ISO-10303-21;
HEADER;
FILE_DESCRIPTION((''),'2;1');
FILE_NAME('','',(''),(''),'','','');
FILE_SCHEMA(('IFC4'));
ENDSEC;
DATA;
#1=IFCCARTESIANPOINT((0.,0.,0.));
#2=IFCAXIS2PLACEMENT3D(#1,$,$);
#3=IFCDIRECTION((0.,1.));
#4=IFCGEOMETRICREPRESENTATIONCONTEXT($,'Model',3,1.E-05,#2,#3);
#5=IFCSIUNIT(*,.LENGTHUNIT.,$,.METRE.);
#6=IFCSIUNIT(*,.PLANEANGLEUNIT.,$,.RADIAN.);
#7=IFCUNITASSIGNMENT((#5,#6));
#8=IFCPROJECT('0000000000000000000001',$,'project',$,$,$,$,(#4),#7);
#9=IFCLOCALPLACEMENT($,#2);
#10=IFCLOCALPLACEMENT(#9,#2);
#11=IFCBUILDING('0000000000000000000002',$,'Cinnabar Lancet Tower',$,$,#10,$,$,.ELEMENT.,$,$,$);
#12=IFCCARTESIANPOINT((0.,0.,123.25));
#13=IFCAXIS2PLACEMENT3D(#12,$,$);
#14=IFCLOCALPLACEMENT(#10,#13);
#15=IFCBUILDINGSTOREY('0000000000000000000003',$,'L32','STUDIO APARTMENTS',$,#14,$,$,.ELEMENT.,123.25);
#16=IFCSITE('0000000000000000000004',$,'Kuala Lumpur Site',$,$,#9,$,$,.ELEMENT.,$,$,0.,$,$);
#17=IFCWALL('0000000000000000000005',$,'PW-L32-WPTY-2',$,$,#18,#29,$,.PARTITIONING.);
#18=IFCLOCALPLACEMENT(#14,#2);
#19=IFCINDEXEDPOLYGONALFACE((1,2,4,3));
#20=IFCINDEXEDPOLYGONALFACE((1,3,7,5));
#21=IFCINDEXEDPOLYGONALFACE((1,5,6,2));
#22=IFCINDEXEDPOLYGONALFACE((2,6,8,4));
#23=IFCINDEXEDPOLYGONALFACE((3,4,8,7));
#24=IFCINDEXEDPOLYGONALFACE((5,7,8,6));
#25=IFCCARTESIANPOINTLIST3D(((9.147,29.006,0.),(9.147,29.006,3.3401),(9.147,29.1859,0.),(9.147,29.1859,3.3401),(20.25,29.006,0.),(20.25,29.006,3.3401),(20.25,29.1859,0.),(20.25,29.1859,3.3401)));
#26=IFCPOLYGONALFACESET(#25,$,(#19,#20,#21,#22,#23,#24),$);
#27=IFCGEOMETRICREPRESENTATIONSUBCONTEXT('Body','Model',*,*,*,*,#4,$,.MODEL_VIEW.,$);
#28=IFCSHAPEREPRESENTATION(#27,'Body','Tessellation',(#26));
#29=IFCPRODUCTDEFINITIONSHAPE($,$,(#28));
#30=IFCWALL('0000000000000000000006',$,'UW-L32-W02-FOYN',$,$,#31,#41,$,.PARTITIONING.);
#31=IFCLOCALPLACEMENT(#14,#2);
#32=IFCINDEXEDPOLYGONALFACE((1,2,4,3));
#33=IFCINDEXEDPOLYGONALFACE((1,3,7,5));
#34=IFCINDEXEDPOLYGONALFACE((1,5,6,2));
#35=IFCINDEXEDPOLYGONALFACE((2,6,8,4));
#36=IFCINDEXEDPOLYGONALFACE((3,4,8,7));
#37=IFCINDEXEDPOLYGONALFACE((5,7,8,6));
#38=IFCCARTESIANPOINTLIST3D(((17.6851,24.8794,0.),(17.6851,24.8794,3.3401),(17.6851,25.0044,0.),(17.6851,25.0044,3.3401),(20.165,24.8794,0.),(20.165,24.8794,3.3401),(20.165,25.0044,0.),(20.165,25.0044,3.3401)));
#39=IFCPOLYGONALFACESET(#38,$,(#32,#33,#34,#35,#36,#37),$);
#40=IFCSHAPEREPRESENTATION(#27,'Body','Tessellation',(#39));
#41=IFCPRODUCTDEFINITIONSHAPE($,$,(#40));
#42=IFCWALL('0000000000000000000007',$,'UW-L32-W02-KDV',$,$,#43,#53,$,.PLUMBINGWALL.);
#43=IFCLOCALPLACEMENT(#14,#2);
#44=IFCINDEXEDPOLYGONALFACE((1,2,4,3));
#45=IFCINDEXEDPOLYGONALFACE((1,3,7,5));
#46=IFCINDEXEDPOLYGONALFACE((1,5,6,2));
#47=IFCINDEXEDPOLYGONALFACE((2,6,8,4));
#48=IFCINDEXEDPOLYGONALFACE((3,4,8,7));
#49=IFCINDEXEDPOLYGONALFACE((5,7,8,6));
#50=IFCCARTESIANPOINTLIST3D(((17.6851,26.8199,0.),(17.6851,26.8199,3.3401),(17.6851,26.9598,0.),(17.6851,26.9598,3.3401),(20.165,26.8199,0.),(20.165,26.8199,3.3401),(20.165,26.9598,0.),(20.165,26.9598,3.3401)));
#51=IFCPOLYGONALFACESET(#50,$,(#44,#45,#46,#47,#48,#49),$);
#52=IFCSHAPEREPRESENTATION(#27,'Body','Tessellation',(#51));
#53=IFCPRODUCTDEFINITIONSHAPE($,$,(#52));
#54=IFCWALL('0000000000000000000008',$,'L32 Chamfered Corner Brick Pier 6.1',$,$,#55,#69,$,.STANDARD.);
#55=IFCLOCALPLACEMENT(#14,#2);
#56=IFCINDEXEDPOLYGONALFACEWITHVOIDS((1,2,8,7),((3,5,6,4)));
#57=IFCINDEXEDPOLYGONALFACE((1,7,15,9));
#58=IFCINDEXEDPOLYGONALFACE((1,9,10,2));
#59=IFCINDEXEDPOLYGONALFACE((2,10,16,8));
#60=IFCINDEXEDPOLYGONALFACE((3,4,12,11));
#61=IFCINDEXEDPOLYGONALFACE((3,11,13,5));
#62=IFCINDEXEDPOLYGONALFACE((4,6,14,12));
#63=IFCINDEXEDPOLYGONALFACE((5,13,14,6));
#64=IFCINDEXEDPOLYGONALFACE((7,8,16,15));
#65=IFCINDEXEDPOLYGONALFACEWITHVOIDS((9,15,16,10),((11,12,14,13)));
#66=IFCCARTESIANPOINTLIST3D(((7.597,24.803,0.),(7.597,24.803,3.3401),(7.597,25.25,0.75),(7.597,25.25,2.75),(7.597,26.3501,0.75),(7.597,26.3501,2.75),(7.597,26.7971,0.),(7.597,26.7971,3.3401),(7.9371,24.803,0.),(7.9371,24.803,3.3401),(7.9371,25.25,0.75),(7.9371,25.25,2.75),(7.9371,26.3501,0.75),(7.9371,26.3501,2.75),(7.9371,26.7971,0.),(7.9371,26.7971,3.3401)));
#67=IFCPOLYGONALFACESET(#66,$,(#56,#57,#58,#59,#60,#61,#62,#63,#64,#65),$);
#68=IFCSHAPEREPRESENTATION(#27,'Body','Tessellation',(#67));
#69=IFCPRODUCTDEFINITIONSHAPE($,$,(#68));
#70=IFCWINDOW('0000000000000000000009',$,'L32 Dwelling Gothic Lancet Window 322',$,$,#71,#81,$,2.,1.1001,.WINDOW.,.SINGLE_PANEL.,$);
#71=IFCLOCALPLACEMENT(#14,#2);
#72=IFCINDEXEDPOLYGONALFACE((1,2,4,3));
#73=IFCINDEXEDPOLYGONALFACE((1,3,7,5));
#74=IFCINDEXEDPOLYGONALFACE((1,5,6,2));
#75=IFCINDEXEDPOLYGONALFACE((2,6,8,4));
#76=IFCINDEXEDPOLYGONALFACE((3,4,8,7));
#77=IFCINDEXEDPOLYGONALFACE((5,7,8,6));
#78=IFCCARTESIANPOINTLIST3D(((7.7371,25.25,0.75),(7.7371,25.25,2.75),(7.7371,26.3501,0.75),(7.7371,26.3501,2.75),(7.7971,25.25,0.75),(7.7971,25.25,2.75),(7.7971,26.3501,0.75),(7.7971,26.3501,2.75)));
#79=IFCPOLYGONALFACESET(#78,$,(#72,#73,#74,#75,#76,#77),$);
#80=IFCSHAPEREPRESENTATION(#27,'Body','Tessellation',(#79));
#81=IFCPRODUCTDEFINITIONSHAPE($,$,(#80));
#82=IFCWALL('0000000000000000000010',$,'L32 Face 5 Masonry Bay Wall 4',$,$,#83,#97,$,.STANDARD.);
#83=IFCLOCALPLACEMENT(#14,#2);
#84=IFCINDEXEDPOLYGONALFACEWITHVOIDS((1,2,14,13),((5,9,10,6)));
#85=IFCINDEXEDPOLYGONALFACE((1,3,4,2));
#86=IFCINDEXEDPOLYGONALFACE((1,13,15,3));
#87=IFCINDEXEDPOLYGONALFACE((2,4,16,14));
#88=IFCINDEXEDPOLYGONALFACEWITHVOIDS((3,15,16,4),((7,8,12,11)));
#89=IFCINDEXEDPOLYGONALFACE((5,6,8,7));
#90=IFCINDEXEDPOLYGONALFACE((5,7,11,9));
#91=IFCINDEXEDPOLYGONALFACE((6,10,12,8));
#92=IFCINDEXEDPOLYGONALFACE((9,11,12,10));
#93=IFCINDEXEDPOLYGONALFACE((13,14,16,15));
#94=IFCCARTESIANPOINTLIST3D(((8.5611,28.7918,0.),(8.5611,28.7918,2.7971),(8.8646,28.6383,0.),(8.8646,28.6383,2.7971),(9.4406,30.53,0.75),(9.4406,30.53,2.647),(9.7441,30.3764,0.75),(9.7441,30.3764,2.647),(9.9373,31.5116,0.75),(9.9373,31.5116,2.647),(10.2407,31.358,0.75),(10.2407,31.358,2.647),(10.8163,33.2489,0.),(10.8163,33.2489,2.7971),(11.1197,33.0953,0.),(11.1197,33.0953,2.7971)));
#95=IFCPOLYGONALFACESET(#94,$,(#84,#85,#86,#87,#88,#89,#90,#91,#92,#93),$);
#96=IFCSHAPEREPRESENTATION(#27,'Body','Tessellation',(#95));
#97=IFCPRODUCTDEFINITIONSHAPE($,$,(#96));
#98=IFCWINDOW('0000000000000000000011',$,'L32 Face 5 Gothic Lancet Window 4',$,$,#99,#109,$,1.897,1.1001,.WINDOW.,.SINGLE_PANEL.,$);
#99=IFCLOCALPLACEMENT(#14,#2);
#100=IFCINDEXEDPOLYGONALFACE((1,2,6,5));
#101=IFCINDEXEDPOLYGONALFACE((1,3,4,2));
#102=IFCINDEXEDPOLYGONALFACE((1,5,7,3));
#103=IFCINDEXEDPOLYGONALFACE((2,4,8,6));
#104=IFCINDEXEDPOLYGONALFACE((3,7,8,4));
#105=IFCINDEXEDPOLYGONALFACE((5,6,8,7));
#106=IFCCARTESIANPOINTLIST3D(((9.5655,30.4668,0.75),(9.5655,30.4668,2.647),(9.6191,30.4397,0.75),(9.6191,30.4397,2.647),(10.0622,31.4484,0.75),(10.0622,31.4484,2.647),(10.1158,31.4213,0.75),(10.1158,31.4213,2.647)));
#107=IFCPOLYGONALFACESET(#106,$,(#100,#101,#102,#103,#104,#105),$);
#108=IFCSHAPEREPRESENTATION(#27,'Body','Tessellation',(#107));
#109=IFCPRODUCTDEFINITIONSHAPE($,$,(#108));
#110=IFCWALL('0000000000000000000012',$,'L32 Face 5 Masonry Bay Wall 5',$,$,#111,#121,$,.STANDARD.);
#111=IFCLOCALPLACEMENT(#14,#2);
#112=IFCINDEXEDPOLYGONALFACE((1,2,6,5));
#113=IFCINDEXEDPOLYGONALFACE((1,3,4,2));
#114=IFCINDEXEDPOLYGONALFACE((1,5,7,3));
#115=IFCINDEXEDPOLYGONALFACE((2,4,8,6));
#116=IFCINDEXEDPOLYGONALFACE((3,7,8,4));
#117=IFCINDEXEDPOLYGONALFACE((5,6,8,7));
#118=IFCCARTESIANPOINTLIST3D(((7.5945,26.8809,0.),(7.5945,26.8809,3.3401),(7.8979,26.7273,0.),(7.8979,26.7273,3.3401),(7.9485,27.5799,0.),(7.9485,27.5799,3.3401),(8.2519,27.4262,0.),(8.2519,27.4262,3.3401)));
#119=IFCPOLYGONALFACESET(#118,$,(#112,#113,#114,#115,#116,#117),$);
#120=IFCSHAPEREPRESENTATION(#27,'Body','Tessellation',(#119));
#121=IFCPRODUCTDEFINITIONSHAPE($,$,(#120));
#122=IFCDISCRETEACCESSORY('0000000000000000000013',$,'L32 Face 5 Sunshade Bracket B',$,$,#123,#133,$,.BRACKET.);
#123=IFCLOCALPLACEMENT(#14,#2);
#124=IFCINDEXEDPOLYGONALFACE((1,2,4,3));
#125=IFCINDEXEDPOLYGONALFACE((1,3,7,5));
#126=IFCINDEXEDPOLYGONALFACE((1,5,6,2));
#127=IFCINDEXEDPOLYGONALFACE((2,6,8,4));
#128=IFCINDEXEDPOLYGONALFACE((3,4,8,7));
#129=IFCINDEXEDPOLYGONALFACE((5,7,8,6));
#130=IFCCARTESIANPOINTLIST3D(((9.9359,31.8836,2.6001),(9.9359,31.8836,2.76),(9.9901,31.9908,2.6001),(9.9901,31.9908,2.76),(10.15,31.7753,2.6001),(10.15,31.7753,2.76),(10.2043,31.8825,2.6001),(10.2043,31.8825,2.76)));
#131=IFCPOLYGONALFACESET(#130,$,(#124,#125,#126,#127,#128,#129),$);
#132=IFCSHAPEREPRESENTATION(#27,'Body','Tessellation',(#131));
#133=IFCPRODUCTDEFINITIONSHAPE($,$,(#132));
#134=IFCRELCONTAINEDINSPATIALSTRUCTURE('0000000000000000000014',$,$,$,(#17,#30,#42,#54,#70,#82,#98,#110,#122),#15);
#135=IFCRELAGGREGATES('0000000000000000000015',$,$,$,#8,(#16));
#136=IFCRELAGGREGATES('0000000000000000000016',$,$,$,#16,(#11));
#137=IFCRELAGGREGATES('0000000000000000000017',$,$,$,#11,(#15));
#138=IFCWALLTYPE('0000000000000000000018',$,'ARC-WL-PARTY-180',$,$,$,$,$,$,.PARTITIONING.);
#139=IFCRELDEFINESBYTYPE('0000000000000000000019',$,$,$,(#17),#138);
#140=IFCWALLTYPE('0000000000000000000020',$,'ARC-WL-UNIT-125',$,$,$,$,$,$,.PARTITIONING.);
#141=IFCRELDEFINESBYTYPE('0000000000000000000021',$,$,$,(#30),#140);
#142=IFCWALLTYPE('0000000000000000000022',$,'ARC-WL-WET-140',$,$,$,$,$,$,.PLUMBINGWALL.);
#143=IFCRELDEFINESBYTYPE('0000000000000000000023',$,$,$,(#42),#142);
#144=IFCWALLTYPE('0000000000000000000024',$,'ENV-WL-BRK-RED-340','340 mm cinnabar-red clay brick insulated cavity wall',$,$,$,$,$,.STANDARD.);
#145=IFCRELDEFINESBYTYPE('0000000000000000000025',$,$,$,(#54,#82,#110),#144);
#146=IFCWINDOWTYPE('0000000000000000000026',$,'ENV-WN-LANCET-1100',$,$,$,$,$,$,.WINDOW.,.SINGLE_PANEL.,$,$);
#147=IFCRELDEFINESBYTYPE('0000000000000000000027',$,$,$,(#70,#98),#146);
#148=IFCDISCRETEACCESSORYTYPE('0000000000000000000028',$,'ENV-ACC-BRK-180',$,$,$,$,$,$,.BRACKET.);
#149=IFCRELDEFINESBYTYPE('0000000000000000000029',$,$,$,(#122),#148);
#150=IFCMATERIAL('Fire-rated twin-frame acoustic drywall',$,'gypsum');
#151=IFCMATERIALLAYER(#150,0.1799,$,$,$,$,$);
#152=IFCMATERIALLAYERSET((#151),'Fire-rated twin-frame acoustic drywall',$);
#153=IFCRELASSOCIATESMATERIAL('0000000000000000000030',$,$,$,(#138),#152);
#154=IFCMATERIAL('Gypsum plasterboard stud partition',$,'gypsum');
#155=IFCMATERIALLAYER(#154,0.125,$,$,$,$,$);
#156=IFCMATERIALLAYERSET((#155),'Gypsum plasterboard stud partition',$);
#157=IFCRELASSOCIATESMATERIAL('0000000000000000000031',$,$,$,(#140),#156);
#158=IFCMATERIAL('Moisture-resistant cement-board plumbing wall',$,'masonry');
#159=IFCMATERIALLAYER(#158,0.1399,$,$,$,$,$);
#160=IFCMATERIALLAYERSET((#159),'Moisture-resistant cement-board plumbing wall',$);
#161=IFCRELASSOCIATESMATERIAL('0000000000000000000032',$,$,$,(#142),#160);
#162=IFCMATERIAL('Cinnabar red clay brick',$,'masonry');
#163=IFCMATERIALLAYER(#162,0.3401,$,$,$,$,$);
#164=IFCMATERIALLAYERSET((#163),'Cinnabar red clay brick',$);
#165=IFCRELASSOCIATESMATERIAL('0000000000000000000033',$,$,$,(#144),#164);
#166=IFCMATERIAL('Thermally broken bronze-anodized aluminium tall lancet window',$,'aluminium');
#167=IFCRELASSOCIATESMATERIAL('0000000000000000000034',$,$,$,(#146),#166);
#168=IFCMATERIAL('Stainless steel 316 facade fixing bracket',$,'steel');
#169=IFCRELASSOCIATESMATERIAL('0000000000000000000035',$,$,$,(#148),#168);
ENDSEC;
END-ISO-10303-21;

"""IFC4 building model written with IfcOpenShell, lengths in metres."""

from ifc_helpers import new_model, si_unit, direction, frame, frame_2d, origin, origin_2d, place, context, subcontext, project, spatial, rectangle, extrude, material, layer, layer_set, type_object, element, fill, save


model = new_model("IFC4")

# Units and contexts
model_context = context("Model", 3, precision=1e-05, world=origin(), true_north=direction((0.0, 1.0)))
body_context = subcontext(model_context, "Body", "Model", "MODEL_VIEW")
ifc_project = project(units=[si_unit("LENGTHUNIT", "METRE"), si_unit("PLANEANGLEUNIT", "RADIAN")], contexts=[model_context])

# Site, building, storey
site_placement = place(None, origin())
site = spatial("IfcSite", under=ifc_project, at=site_placement, Name="Kuala Lumpur Site", CompositionType="ELEMENT", RefElevation=0.0)
building_placement = place(site_placement, origin())
building = spatial("IfcBuilding", under=site, at=building_placement, Name="Cinnabar Lancet Tower", CompositionType="ELEMENT")
storey_placement = place(building_placement, frame((0.0, 0.0, 123.25)))
storey = spatial("IfcBuildingStorey", under=building, at=storey_placement, Name="L32", Description="STUDIO APARTMENTS", CompositionType="ELEMENT", Elevation=123.25)

# Walls
ifc_material_1 = material(Name="Fire-rated twin-frame acoustic drywall", Category="gypsum")
ifc_layer_1 = layer(ifc_material_1, 0.1799)
ifc_layer_set_1 = layer_set([ifc_layer_1], Name="Fire-rated twin-frame acoustic drywall")
wall_type_1 = type_object("IfcWallType", Name="ARC-WL-PARTY-180", PredefinedType="PARTITIONING", material=ifc_layer_set_1)
wall_1_placement = place(storey_placement, frame((9.147, 29.0959, 0.0), z_axis=(0.0, 0.0, 1.0), x_axis=(1.0, 0.0, 0.0)))
element("IfcWall", 1, at=wall_1_placement, inside=storey, type_object=wall_type_1, Name="PW-L32-WPTY-2", PredefinedType="PARTITIONING", context=body_context, shape_type="SweptSolid", body=[
    extrude(rectangle(XDim=11.103, YDim=0.1799, at=frame_2d((5.5515, 0.0))), origin(), (0.0, 0.0, 1.0), 3.3401),
])
ifc_material_2 = material(Name="Gypsum plasterboard stud partition", Category="gypsum")
ifc_layer_2 = layer(ifc_material_2, 0.125)
ifc_layer_set_2 = layer_set([ifc_layer_2], Name="Gypsum plasterboard stud partition")
wall_type_2 = type_object("IfcWallType", Name="ARC-WL-UNIT-125", PredefinedType="PARTITIONING", material=ifc_layer_set_2)
wall_2_placement = place(storey_placement, frame((17.6851, 24.9419, 0.0), z_axis=(0.0, 0.0, 1.0), x_axis=(1.0, 0.0, 0.0)))
element("IfcWall", 2, at=wall_2_placement, inside=storey, type_object=wall_type_2, Name="UW-L32-W02-FOYN", PredefinedType="PARTITIONING", context=body_context, shape_type="SweptSolid", body=[
    extrude(rectangle(XDim=2.48, YDim=0.125, at=frame_2d((1.24, 0.0))), origin(), (0.0, 0.0, 1.0), 3.3401),
])

# Shared definitions
ifc_material_3 = material(Name="Moisture-resistant cement-board plumbing wall", Category="masonry")
ifc_layer_3 = layer(ifc_material_3, 0.1399)
ifc_layer_set_3 = layer_set([ifc_layer_3], Name="Moisture-resistant cement-board plumbing wall")
wall_type_3 = type_object("IfcWallType", Name="ARC-WL-WET-140", PredefinedType="PLUMBINGWALL", material=ifc_layer_set_3)

# Wall
wall_3_placement = place(storey_placement, frame((17.6851, 26.8899, 0.0), z_axis=(0.0, 0.0, 1.0), x_axis=(1.0, 0.0, 0.0)))
element("IfcWall", 3, at=wall_3_placement, inside=storey, type_object=wall_type_3, Name="UW-L32-W02-KDV", PredefinedType="PLUMBINGWALL", context=body_context, shape_type="SweptSolid", body=[
    extrude(rectangle(XDim=2.48, YDim=0.1399, at=frame_2d((1.24, 0.0))), origin(), (0.0, 0.0, 1.0), 3.3401),
])

# Walls, openings, windows
ifc_material_4 = material(Name="Cinnabar red clay brick", Category="masonry")
ifc_layer_4 = layer(ifc_material_4, 0.3401)
ifc_layer_set_4 = layer_set([ifc_layer_4], Name="Cinnabar red clay brick")
wall_type_4 = type_object("IfcWallType", Name="ENV-WL-BRK-RED-340", Description="340 mm cinnabar-red clay brick insulated cavity wall", PredefinedType="STANDARD", material=ifc_layer_set_4)
wall_4_placement = place(storey_placement, frame((7.7671, 26.7971, 0.0), z_axis=(0.0, 0.0, 1.0), x_axis=(0.0, -1.0, 0.0)))
wall_4 = element("IfcWall", 4, at=wall_4_placement, inside=storey, type_object=wall_type_4, Name="L32 Chamfered Corner Brick Pier 6.1", PredefinedType="STANDARD", context=body_context, shape_type="SweptSolid", body=[
    extrude(rectangle(XDim=1.9941, YDim=0.3401, at=frame_2d((0.9971, 0.0))), origin(), (0.0, 0.0, 1.0), 3.3401),
])
opening_1_placement = place(wall_4_placement, frame((0.447, 0.0, 0.75)))
opening_1 = element("IfcOpeningElement", 5, at=opening_1_placement, cuts=wall_4, PredefinedType="OPENING", context=body_context, shape_type="SweptSolid", body=[
    extrude(rectangle(XDim=1.1001, YDim=2.0, at=frame_2d((0.55, 1.0))), frame((0.0, 0.1799, 0.0), z_axis=(0.0, -1.0, 0.0), x_axis=(1.0, 0.0, 0.0)), (0.0, 0.0, 1.0), 0.3601),
])
ifc_material_5 = material(Name="Thermally broken bronze-anodized aluminium tall lancet window", Category="aluminium")
window_type = type_object("IfcWindowType", Name="ENV-WN-LANCET-1100", PartitioningType="SINGLE_PANEL", PredefinedType="WINDOW", material=ifc_material_5)
window_1_placement = place(opening_1_placement, origin())
window_1 = element("IfcWindow", 6, at=window_1_placement, inside=storey, type_object=window_type, Name="L32 Dwelling Gothic Lancet Window 322", OverallHeight=2.0, OverallWidth=1.1001, PartitioningType="SINGLE_PANEL", PredefinedType="WINDOW", context=body_context, shape_type="SweptSolid", body=[
    extrude(rectangle(XDim=1.1001, YDim=2.0, at=frame_2d((0.55, 1.0))), frame((0.0, 0.03, 0.0), z_axis=(0.0, -1.0, 0.0), x_axis=(1.0, 0.0, 0.0)), (0.0, 0.0, 1.0), 0.0601),
])
fill(opening_1, window_1)
wall_5_placement = place(storey_placement, frame((10.968, 33.1721, 0.0), z_axis=(0.0, 0.0, 1.0), x_axis=(-0.451471, -0.892286, 0.0)))
wall_5 = element("IfcWall", 7, at=wall_5_placement, inside=storey, type_object=wall_type_4, Name="L32 Face 5 Masonry Bay Wall 4", PredefinedType="STANDARD", context=body_context, shape_type="SweptSolid", body=[
    extrude(rectangle(XDim=4.9951, YDim=0.3401, at=frame_2d((2.4976, 0.0))), origin(), (0.0, 0.0, 1.0), 2.7971),
])
opening_2_placement = place(wall_5_placement, frame((1.947, 0.0, 0.75)))
opening_2 = element("IfcOpeningElement", 8, at=opening_2_placement, cuts=wall_5, PredefinedType="OPENING", context=body_context, shape_type="SweptSolid", body=[
    extrude(rectangle(XDim=1.1001, YDim=1.897, at=frame_2d((0.55, 0.9485))), frame((0.0, 0.1799, 0.0), z_axis=(0.0, -1.0, 0.0), x_axis=(1.0, 0.0, 0.0)), (0.0, 0.0, 1.0), 0.3601),
])
window_2_placement = place(opening_2_placement, origin())
window_2 = element("IfcWindow", 9, at=window_2_placement, inside=storey, type_object=window_type, Name="L32 Face 5 Gothic Lancet Window 4", OverallHeight=1.897, OverallWidth=1.1001, PartitioningType="SINGLE_PANEL", PredefinedType="WINDOW", context=body_context, shape_type="SweptSolid", body=[
    extrude(rectangle(XDim=1.1001, YDim=1.897, at=frame_2d((0.55, 0.9485))), frame((0.0, 0.03, 0.0), z_axis=(0.0, -1.0, 0.0), x_axis=(1.0, 0.0, 0.0)), (0.0, 0.0, 1.0), 0.0601),
])
fill(opening_2, window_2)

# Wall
wall_6_placement = place(storey_placement, frame((8.1001, 27.5029, 0.0), z_axis=(0.0, 0.0, 1.0), x_axis=(-0.451819, -0.892109, 0.0)))
element("IfcWall", 10, at=wall_6_placement, inside=storey, type_object=wall_type_4, Name="L32 Face 5 Masonry Bay Wall 5", PredefinedType="STANDARD", context=body_context, shape_type="SweptSolid", body=[
    extrude(rectangle(XDim=0.7834, YDim=0.3401, at=frame_2d((0.3916, 0.0))), origin(), (0.0, 0.0, 1.0), 3.3401),
])

# Discrete accessory
ifc_material_6 = material(Name="Stainless steel 316 facade fixing bracket", Category="steel")
discrete_accessory_type = type_object("IfcDiscreteAccessoryType", Name="ENV-ACC-BRK-180", PredefinedType="BRACKET", material=ifc_material_6)
discrete_accessory_placement = place(storey_placement, frame((10.0701, 31.8831, 2.6001), z_axis=(0.0, 0.0, 1.0), x_axis=(-0.451454, -0.892294, 0.0)))
element("IfcDiscreteAccessory", 11, at=discrete_accessory_placement, inside=storey, type_object=discrete_accessory_type, Name="L32 Face 5 Sunshade Bracket B", PredefinedType="BRACKET", context=body_context, shape_type="SweptSolid", body=[
    extrude(rectangle(XDim=0.1201, YDim=0.24, at=origin_2d()), origin(), (0.0, 0.0, 1.0), 0.1599),
])

save(model, "model.ifc")
